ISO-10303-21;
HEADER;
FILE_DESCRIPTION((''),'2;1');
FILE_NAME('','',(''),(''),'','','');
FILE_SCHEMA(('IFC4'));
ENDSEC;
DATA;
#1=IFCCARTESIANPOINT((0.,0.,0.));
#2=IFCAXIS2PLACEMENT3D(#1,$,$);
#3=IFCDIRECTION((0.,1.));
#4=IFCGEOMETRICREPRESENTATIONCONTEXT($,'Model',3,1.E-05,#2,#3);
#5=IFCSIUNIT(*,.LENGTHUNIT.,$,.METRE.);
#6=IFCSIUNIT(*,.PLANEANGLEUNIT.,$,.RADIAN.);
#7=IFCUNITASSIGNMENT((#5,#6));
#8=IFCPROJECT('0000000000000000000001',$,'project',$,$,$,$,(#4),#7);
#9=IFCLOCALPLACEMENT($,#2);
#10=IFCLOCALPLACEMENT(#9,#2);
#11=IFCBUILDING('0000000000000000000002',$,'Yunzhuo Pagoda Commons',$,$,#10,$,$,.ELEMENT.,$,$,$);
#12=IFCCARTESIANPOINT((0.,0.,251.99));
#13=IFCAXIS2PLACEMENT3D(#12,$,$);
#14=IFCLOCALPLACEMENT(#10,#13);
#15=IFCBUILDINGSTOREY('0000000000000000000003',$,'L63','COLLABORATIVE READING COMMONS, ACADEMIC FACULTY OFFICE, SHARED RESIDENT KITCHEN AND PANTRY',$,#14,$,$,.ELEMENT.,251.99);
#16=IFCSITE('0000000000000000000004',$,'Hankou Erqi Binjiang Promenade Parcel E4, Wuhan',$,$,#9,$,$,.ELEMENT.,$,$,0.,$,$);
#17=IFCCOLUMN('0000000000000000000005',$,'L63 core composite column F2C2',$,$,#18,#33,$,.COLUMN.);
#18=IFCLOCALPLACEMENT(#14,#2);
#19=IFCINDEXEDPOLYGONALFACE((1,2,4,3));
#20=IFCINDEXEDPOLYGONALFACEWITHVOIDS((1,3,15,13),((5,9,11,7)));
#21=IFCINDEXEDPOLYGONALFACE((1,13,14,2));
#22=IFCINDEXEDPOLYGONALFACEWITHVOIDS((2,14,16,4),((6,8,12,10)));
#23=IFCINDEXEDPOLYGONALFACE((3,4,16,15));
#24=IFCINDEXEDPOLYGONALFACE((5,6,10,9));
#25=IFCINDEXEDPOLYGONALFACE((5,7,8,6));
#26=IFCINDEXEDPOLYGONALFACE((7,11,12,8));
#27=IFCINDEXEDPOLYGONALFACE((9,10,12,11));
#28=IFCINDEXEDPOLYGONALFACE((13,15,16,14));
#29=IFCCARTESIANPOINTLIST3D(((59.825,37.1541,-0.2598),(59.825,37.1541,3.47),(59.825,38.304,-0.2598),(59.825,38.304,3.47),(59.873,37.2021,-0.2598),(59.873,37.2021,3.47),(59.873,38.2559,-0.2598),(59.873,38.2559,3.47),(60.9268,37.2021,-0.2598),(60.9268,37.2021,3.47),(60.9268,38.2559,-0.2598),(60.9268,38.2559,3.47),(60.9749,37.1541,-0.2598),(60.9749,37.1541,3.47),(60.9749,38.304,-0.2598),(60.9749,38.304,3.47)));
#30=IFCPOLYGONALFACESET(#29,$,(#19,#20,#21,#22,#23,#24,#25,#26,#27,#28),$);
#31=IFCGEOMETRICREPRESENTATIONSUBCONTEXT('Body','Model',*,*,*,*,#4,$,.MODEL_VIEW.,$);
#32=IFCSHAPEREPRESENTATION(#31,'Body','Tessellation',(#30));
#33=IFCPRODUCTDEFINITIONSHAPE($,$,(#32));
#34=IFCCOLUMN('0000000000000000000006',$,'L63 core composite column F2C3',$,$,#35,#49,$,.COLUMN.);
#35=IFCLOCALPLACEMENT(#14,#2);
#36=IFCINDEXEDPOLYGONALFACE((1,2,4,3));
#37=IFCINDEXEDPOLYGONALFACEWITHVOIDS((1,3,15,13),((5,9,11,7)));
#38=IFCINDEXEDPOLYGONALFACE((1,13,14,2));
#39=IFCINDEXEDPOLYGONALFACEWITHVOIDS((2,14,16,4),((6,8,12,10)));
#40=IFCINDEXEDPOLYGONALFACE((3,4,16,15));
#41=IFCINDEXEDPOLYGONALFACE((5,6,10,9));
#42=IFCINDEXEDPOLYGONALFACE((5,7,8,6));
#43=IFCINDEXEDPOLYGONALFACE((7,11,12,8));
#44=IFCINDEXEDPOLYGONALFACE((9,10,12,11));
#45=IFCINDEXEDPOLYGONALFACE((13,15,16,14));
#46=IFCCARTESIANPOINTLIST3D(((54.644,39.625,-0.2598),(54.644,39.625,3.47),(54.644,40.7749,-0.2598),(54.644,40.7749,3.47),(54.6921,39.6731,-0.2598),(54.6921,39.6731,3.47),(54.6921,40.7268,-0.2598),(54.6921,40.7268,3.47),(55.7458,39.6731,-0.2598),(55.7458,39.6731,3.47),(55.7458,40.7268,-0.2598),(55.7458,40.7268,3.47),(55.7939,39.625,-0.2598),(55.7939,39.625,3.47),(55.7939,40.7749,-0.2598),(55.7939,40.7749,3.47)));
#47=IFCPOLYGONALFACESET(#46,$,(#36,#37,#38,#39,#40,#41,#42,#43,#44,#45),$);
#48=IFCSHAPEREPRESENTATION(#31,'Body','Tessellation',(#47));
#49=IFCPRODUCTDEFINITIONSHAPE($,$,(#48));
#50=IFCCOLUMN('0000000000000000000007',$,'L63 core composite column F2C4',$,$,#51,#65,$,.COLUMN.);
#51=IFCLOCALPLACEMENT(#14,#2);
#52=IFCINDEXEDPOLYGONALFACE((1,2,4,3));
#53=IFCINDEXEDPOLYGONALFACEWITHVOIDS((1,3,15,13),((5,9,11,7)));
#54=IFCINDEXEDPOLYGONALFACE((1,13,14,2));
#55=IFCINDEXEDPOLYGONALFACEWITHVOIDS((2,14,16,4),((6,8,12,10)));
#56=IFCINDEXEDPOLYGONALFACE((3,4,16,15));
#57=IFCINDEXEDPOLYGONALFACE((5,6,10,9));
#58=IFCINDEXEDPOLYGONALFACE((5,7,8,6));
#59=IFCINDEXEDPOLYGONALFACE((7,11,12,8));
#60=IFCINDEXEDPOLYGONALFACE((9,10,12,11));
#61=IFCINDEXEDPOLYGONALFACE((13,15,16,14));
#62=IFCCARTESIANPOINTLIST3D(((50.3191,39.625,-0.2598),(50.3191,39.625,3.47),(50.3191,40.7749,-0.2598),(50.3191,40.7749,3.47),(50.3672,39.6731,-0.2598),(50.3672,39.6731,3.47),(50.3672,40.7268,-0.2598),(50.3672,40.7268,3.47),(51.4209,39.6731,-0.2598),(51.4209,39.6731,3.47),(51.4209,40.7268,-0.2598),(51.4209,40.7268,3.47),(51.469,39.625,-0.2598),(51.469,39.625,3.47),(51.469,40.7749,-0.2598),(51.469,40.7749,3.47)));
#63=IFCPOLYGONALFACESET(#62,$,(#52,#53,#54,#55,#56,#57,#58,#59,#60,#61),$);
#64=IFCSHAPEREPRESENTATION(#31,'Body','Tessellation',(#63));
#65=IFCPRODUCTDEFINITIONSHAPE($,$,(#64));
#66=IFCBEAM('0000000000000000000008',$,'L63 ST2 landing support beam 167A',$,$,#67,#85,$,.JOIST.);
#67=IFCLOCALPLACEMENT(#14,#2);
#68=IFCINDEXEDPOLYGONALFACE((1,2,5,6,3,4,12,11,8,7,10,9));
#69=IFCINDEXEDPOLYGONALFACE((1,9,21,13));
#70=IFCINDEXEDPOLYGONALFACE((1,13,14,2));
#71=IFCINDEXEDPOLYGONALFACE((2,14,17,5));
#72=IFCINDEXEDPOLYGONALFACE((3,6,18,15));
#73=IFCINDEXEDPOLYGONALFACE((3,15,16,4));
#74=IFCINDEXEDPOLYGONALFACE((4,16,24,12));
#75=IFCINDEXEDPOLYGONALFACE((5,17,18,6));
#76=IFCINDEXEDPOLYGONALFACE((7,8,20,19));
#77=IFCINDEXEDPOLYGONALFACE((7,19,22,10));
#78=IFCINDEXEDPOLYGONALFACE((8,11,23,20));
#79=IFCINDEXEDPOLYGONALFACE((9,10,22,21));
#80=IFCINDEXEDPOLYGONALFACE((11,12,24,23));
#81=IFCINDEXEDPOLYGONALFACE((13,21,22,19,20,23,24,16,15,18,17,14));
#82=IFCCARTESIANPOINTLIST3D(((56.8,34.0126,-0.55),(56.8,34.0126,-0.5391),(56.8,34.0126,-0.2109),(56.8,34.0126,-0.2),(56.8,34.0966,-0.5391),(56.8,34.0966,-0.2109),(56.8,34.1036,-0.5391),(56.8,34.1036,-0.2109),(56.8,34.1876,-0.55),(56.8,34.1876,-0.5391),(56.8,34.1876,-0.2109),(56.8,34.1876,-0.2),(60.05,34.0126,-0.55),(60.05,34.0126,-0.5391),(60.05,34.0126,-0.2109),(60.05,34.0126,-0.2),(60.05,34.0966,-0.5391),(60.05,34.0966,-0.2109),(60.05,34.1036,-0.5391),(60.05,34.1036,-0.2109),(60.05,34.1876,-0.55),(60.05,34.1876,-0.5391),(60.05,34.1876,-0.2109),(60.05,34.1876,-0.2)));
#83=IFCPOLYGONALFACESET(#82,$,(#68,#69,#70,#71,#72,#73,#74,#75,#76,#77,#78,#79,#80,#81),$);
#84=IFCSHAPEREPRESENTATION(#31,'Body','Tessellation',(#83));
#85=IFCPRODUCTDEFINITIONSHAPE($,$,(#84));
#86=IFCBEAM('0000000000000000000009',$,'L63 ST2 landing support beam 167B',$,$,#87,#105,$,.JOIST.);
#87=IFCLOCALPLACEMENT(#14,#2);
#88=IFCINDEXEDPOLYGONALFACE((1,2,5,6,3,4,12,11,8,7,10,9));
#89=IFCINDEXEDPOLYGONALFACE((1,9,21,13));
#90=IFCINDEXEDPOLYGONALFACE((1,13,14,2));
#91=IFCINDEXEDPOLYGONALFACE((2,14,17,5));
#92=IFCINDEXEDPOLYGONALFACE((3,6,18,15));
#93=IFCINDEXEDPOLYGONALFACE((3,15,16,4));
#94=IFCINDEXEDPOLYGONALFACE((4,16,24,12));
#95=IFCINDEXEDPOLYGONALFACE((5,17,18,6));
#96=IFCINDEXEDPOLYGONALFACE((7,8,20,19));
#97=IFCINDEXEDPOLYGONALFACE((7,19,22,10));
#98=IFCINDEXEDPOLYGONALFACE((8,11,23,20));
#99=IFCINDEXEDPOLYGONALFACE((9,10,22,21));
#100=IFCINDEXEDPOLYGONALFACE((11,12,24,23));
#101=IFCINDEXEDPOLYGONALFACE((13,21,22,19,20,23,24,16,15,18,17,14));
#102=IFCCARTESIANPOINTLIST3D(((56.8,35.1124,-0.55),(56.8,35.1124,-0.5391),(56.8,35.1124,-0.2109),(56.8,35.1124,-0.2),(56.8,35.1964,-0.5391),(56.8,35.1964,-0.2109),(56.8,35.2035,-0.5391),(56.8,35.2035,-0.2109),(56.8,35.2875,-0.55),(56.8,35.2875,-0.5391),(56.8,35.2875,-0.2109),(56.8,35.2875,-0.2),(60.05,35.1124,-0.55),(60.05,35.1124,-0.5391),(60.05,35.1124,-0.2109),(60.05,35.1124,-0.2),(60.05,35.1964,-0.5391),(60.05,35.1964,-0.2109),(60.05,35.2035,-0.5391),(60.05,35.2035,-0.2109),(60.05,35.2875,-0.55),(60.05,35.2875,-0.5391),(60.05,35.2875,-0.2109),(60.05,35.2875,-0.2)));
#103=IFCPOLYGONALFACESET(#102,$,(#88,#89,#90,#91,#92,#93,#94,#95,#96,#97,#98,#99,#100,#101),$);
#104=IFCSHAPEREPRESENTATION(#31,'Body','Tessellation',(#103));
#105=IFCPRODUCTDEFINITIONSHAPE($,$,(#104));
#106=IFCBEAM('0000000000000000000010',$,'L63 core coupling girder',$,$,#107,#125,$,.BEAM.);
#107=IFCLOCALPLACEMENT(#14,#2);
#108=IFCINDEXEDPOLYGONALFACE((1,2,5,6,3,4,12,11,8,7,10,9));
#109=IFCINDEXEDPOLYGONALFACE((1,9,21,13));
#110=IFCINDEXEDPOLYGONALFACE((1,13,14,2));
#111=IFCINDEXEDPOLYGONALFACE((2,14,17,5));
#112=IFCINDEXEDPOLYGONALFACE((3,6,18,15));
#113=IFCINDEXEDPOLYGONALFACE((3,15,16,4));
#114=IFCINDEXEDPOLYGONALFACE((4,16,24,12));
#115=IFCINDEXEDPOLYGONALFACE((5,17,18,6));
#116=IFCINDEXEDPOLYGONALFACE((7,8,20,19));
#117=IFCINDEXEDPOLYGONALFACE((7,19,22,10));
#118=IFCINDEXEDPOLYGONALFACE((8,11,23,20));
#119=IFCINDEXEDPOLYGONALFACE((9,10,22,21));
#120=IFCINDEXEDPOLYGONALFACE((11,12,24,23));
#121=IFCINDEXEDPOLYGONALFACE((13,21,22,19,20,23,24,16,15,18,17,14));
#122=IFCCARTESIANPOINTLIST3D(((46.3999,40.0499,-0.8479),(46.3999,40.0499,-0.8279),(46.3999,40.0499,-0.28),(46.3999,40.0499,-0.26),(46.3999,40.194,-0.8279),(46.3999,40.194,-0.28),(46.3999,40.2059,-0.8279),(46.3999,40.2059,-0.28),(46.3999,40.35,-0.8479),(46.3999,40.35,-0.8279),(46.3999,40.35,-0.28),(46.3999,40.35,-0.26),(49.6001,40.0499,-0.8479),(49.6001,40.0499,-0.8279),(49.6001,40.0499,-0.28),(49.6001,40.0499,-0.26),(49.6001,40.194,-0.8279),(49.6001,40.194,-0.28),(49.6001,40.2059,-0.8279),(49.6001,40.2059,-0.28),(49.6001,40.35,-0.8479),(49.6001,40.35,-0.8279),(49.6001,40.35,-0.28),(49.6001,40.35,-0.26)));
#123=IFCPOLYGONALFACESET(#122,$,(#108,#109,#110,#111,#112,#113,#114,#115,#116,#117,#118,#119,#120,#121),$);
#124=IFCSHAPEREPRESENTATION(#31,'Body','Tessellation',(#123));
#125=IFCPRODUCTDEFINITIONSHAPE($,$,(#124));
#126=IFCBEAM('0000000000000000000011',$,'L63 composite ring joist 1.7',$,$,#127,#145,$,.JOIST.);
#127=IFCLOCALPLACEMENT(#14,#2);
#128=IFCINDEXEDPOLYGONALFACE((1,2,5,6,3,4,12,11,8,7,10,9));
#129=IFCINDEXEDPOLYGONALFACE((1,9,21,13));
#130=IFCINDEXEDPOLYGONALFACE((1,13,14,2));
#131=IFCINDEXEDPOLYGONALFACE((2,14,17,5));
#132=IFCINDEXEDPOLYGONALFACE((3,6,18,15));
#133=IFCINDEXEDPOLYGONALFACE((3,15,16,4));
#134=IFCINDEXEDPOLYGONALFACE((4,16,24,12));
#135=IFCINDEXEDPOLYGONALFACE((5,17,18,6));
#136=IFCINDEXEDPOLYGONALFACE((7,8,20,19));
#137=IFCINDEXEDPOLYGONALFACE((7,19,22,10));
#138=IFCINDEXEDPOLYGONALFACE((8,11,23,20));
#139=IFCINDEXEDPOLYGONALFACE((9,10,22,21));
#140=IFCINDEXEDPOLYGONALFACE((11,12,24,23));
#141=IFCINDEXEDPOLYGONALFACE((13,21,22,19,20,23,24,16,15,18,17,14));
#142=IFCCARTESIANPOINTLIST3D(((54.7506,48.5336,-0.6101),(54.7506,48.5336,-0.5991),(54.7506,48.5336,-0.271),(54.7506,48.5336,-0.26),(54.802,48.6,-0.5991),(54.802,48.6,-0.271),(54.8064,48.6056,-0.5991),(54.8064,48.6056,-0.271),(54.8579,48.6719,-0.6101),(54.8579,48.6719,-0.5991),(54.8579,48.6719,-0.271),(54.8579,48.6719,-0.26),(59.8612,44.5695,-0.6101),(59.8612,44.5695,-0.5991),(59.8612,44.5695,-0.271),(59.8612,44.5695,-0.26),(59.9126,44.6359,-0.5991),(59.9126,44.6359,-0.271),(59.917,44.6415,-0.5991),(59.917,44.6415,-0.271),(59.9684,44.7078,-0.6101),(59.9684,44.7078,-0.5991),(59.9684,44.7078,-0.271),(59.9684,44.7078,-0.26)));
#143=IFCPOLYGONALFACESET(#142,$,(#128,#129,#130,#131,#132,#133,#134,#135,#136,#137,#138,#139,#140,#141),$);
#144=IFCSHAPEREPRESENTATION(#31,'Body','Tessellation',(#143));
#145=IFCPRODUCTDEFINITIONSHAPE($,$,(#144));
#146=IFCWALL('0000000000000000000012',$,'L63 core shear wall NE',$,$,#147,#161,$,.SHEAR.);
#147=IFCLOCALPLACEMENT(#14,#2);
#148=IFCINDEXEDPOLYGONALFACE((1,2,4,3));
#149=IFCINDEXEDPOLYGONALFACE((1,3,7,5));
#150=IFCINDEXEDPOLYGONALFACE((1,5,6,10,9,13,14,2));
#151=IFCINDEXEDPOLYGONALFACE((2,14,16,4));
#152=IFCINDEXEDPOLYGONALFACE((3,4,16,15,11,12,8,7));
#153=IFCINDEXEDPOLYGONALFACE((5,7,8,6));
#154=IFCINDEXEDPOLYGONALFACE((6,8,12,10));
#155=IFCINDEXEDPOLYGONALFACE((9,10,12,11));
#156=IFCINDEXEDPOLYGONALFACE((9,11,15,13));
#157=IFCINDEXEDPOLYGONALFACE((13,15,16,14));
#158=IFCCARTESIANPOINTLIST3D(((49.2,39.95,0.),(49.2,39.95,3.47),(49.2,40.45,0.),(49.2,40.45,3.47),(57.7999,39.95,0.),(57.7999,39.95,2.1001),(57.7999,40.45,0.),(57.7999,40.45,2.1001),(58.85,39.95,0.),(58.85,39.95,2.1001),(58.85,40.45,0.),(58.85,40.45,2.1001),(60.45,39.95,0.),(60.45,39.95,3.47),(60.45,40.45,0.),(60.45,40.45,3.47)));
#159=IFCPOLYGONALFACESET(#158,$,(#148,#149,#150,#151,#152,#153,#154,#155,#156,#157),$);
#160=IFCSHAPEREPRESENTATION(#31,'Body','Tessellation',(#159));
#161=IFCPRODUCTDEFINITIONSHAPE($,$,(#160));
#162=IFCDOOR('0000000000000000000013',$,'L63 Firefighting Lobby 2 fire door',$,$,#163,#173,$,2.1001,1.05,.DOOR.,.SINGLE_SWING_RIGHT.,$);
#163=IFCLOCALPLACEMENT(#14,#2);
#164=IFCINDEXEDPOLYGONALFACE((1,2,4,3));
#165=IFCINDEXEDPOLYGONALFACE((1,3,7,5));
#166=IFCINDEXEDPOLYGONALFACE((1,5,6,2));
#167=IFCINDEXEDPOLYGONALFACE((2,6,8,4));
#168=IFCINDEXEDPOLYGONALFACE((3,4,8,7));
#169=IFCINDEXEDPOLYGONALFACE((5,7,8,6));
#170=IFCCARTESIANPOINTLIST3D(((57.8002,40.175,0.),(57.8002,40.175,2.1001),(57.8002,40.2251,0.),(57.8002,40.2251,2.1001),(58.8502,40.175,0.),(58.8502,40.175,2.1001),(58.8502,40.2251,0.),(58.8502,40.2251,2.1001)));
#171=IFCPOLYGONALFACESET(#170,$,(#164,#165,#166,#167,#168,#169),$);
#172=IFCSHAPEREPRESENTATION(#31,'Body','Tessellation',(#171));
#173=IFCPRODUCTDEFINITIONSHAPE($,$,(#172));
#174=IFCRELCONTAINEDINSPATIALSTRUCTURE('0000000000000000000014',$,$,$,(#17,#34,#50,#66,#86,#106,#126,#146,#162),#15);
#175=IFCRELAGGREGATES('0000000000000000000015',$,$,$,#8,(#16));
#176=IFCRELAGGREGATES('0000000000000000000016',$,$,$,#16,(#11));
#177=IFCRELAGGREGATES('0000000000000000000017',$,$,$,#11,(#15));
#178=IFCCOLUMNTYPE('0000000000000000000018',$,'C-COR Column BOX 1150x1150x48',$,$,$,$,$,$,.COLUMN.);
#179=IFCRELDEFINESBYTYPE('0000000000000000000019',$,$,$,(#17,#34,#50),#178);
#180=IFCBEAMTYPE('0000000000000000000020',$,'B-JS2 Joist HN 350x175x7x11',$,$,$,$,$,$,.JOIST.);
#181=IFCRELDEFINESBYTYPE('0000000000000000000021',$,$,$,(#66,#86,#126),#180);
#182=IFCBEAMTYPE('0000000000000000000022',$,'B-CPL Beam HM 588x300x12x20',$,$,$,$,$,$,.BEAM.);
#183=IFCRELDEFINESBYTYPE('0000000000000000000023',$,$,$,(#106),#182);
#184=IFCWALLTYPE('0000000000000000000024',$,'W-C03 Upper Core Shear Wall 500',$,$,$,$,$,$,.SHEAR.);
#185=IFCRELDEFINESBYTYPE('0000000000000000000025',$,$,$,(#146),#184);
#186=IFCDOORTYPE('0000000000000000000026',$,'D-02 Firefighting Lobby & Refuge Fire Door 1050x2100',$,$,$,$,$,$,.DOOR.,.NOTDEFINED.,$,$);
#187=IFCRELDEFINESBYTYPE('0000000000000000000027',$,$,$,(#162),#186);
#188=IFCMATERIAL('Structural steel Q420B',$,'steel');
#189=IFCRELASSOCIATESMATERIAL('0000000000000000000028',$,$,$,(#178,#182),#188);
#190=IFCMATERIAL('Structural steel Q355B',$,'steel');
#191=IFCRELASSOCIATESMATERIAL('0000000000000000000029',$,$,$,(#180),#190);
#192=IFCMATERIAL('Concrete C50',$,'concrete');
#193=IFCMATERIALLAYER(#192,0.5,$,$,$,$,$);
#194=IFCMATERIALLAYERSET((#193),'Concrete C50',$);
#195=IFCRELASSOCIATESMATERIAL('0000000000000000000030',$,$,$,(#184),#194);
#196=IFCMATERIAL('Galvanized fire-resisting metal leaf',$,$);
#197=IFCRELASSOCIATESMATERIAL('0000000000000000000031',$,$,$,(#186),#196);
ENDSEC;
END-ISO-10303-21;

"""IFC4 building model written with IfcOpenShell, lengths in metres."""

from ifc_helpers import new_model, si_unit, direction, frame, frame_2d, origin, origin_2d, place, context, subcontext, project, spatial, rectangle, hollow_rectangle, i_section, extrude, source, transform, mapped, material, layer, layer_set, material_profile, profile_set, type_object, element, fill, save


model = new_model("IFC4")

# Units and contexts
model_context = context("Model", 3, precision=1e-05, world=origin(), true_north=direction((0.0, 1.0)))
body_context = subcontext(model_context, "Body", "Model", "MODEL_VIEW")
ifc_project = project(units=[si_unit("LENGTHUNIT", "METRE"), si_unit("PLANEANGLEUNIT", "RADIAN")], contexts=[model_context])

# Site, building, storey
site_placement = place(None, origin())
site = spatial("IfcSite", under=ifc_project, at=site_placement, Name="Hankou Erqi Binjiang Promenade Parcel E4, Wuhan", CompositionType="ELEMENT", RefElevation=0.0)
building_placement = place(site_placement, origin())
building = spatial("IfcBuilding", under=site, at=building_placement, Name="Yunzhuo Pagoda Commons", CompositionType="ELEMENT")
storey_placement = place(building_placement, frame((0.0, 0.0, 251.99)))
storey = spatial("IfcBuildingStorey", under=building, at=storey_placement, Name="L63", Description="COLLABORATIVE READING COMMONS, ACADEMIC FACULTY OFFICE, SHARED RESIDENT KITCHEN AND PANTRY", CompositionType="ELEMENT", Elevation=251.99)

# Columns
ifc_material_1 = material(Name="Structural steel Q420B", Category="steel")
ifc_material_profile_1 = material_profile(ifc_material_1, hollow_rectangle(XDim=1.1499, YDim=1.1499, WallThickness=0.0481, at=origin_2d()), Name="Structural steel Q420B")
ifc_profile_set_1 = profile_set([ifc_material_profile_1], Name="Structural steel Q420B")
column_type = type_object("IfcColumnType", Name="C-COR Column BOX 1150x1150x48", PredefinedType="COLUMN", material=ifc_profile_set_1)
shared_shape_1 = source(origin(), body_context, "Body", "SweptSolid", [
    extrude(hollow_rectangle(XDim=1.1499, YDim=1.1499, WallThickness=0.0481, at=origin_2d()), origin(), (0.0, 0.0, 1.0), 3.7297),
])
for number, where, z_axis, x_axis, name in (
    (1, (60.3999, 37.729, -0.2598), (0.0, 0.0, 1.0), (1.0, 0.0, 0.0), "L63 core composite column F2C2"),
    (2, (55.219, 40.2, -0.2598), (0.0, 0.0, 1.0), (1.0, 0.0, 0.0), "L63 core composite column F2C3"),
    (3, (50.894, 40.2, -0.2598), (0.0, 0.0, 1.0), (1.0, 0.0, 0.0), "L63 core composite column F2C4"),
):
    element("IfcColumn", number, at=place(storey_placement, frame(where, z_axis=z_axis, x_axis=x_axis)), inside=storey, type_object=column_type, Name=name, PredefinedType="COLUMN", context=body_context, shape_type="MappedRepresentation", body=[
        mapped(shared_shape_1, transform((0.0, 0.0, 0.0), scale=1.0)),
    ])

# Beams
ifc_material_2 = material(Name="Structural steel Q355B", Category="steel")
ifc_material_profile_2 = material_profile(ifc_material_2, i_section(OverallWidth=0.175, OverallDepth=0.3501, WebThickness=0.0071, FlangeThickness=0.011, at=origin_2d()), Name="Structural steel Q355B")
ifc_profile_set_2 = profile_set([ifc_material_profile_2], Name="Structural steel Q355B")
beam_type_1 = type_object("IfcBeamType", Name="B-JS2 Joist HN 350x175x7x11", PredefinedType="JOIST", material=ifc_profile_set_2)
shared_shape_2 = source(origin(), body_context, "Body", "SweptSolid", [
    extrude(i_section(OverallWidth=0.175, OverallDepth=0.3501, WebThickness=0.0071, FlangeThickness=0.011, at=origin_2d()), origin(), (0.0, 0.0, 1.0), 3.25),
])
for number, where, z_axis, x_axis, name in (
    (4, (56.8, 34.1001, -0.375), (1.0, 0.0, 0.0), (0.0, 1.0, 0.0), "L63 ST2 landing support beam 167A"),
    (5, (56.8, 35.2, -0.375), (1.0, 0.0, 0.0), (0.0, 1.0, 0.0), "L63 ST2 landing support beam 167B"),
):
    element("IfcBeam", number, at=place(storey_placement, frame(where, z_axis=z_axis, x_axis=x_axis)), inside=storey, type_object=beam_type_1, Name=name, PredefinedType="JOIST", context=body_context, shape_type="MappedRepresentation", body=[
        mapped(shared_shape_2, transform((0.0, 0.0, 0.0), scale=1.0)),
    ])
ifc_material_profile_3 = material_profile(ifc_material_1, i_section(OverallWidth=0.3, OverallDepth=0.5879, WebThickness=0.012, FlangeThickness=0.02, at=origin_2d()), Name="Structural steel Q420B")
ifc_profile_set_3 = profile_set([ifc_material_profile_3], Name="Structural steel Q420B")
beam_type_2 = type_object("IfcBeamType", Name="B-CPL Beam HM 588x300x12x20", PredefinedType="BEAM", material=ifc_profile_set_3)
shared_shape_3 = source(origin(), body_context, "Body", "SweptSolid", [
    extrude(i_section(OverallWidth=0.3, OverallDepth=0.5879, WebThickness=0.012, FlangeThickness=0.02, at=origin_2d()), origin(), (0.0, 0.0, 1.0), 3.2002),
])
beam_1_placement = place(storey_placement, frame((46.3999, 40.2, -0.554), z_axis=(1.0, 0.0, 0.0), x_axis=(0.0, 1.0, 0.0)))
element("IfcBeam", 6, at=beam_1_placement, inside=storey, type_object=beam_type_2, Name="L63 core coupling girder", PredefinedType="BEAM", context=body_context, shape_type="MappedRepresentation", body=[
    mapped(shared_shape_3, transform((0.0, 0.0, 0.0), scale=1.0)),
])
shared_shape_4 = source(origin(), body_context, "Body", "SweptSolid", [
    extrude(i_section(OverallWidth=0.175, OverallDepth=0.3501, WebThickness=0.0071, FlangeThickness=0.011, at=origin_2d()), origin(), (0.0, 0.0, 1.0), 6.4678),
])
beam_2_placement = place(storey_placement, frame((59.9148, 44.6387, -0.4351), z_axis=(-0.79016, 0.6129, 0.0), x_axis=(-0.6129, -0.79016, 0.0)))
element("IfcBeam", 7, at=beam_2_placement, inside=storey, type_object=beam_type_1, Name="L63 composite ring joist 1.7", PredefinedType="JOIST", context=body_context, shape_type="MappedRepresentation", body=[
    mapped(shared_shape_4, transform((0.0, 0.0, 0.0), scale=1.0)),
])

# Wall, opening, door
ifc_material_3 = material(Name="Concrete C50", Category="concrete")
ifc_layer_1 = layer(ifc_material_3, 0.5)
ifc_layer_set_1 = layer_set([ifc_layer_1], Name="Concrete C50")
wall_type_1 = type_object("IfcWallType", Name="W-C03 Upper Core Shear Wall 500", PredefinedType="SHEAR", material=ifc_layer_set_1)
wall_1_placement = place(storey_placement, frame((49.2, 40.2, 0.0), z_axis=(0.0, 0.0, 1.0), x_axis=(1.0, 0.0, 0.0)))
wall_1 = element("IfcWall", 8, at=wall_1_placement, inside=storey, type_object=wall_type_1, Name="L63 core shear wall NE", PredefinedType="SHEAR", context=body_context, shape_type="SweptSolid", body=[
    extrude(rectangle(XDim=11.25, YDim=0.5, at=frame_2d((5.625, 0.0))), origin(), (0.0, 0.0, 1.0), 3.47),
])
opening_1_placement = place(wall_1_placement, frame((8.6001, 0.0, 0.0)))
opening_1 = element("IfcOpeningElement", 9, at=opening_1_placement, cuts=wall_1, PredefinedType="OPENING", context=body_context, shape_type="SweptSolid", body=[
    extrude(rectangle(XDim=1.05, YDim=2.1001, at=frame_2d((0.5249, 1.05))), frame((0.0, 0.26, 0.0), z_axis=(0.0, -1.0, 0.0), x_axis=(1.0, 0.0, 0.0)), (0.0, 0.0, 1.0), 0.52),
])
ifc_material_4 = material(Name="Galvanized fire-resisting metal leaf")
door_type_1 = type_object("IfcDoorType", Name="D-02 Firefighting Lobby & Refuge Fire Door 1050x2100", OperationType="NOTDEFINED", PredefinedType="DOOR", material=ifc_material_4)
shared_shape_5 = source(origin(), body_context, "Body", "SweptSolid", [
    extrude(rectangle(XDim=1.05, YDim=2.1001, at=frame_2d((0.5249, 1.05))), frame((0.0, 0.0249, 0.0), z_axis=(0.0, -1.0, 0.0), x_axis=(1.0, 0.0, 0.0)), (0.0, 0.0, 1.0), 0.05),
])
door_1_placement = place(opening_1_placement, frame((1.05, 0.0, 0.0), z_axis=(0.0, 0.0, 1.0), x_axis=(-1.0, 0.0, 0.0)))
door_1 = element("IfcDoor", 10, at=door_1_placement, inside=storey, type_object=door_type_1, Name="L63 Firefighting Lobby 2 fire door", OperationType="SINGLE_SWING_RIGHT", OverallHeight=2.1001, OverallWidth=1.05, PredefinedType="DOOR", context=body_context, shape_type="MappedRepresentation", body=[
    mapped(shared_shape_5, transform((0.0, 0.0, 0.0), scale=1.0)),
])
fill(opening_1, door_1)

save(model, "model.ifc")
